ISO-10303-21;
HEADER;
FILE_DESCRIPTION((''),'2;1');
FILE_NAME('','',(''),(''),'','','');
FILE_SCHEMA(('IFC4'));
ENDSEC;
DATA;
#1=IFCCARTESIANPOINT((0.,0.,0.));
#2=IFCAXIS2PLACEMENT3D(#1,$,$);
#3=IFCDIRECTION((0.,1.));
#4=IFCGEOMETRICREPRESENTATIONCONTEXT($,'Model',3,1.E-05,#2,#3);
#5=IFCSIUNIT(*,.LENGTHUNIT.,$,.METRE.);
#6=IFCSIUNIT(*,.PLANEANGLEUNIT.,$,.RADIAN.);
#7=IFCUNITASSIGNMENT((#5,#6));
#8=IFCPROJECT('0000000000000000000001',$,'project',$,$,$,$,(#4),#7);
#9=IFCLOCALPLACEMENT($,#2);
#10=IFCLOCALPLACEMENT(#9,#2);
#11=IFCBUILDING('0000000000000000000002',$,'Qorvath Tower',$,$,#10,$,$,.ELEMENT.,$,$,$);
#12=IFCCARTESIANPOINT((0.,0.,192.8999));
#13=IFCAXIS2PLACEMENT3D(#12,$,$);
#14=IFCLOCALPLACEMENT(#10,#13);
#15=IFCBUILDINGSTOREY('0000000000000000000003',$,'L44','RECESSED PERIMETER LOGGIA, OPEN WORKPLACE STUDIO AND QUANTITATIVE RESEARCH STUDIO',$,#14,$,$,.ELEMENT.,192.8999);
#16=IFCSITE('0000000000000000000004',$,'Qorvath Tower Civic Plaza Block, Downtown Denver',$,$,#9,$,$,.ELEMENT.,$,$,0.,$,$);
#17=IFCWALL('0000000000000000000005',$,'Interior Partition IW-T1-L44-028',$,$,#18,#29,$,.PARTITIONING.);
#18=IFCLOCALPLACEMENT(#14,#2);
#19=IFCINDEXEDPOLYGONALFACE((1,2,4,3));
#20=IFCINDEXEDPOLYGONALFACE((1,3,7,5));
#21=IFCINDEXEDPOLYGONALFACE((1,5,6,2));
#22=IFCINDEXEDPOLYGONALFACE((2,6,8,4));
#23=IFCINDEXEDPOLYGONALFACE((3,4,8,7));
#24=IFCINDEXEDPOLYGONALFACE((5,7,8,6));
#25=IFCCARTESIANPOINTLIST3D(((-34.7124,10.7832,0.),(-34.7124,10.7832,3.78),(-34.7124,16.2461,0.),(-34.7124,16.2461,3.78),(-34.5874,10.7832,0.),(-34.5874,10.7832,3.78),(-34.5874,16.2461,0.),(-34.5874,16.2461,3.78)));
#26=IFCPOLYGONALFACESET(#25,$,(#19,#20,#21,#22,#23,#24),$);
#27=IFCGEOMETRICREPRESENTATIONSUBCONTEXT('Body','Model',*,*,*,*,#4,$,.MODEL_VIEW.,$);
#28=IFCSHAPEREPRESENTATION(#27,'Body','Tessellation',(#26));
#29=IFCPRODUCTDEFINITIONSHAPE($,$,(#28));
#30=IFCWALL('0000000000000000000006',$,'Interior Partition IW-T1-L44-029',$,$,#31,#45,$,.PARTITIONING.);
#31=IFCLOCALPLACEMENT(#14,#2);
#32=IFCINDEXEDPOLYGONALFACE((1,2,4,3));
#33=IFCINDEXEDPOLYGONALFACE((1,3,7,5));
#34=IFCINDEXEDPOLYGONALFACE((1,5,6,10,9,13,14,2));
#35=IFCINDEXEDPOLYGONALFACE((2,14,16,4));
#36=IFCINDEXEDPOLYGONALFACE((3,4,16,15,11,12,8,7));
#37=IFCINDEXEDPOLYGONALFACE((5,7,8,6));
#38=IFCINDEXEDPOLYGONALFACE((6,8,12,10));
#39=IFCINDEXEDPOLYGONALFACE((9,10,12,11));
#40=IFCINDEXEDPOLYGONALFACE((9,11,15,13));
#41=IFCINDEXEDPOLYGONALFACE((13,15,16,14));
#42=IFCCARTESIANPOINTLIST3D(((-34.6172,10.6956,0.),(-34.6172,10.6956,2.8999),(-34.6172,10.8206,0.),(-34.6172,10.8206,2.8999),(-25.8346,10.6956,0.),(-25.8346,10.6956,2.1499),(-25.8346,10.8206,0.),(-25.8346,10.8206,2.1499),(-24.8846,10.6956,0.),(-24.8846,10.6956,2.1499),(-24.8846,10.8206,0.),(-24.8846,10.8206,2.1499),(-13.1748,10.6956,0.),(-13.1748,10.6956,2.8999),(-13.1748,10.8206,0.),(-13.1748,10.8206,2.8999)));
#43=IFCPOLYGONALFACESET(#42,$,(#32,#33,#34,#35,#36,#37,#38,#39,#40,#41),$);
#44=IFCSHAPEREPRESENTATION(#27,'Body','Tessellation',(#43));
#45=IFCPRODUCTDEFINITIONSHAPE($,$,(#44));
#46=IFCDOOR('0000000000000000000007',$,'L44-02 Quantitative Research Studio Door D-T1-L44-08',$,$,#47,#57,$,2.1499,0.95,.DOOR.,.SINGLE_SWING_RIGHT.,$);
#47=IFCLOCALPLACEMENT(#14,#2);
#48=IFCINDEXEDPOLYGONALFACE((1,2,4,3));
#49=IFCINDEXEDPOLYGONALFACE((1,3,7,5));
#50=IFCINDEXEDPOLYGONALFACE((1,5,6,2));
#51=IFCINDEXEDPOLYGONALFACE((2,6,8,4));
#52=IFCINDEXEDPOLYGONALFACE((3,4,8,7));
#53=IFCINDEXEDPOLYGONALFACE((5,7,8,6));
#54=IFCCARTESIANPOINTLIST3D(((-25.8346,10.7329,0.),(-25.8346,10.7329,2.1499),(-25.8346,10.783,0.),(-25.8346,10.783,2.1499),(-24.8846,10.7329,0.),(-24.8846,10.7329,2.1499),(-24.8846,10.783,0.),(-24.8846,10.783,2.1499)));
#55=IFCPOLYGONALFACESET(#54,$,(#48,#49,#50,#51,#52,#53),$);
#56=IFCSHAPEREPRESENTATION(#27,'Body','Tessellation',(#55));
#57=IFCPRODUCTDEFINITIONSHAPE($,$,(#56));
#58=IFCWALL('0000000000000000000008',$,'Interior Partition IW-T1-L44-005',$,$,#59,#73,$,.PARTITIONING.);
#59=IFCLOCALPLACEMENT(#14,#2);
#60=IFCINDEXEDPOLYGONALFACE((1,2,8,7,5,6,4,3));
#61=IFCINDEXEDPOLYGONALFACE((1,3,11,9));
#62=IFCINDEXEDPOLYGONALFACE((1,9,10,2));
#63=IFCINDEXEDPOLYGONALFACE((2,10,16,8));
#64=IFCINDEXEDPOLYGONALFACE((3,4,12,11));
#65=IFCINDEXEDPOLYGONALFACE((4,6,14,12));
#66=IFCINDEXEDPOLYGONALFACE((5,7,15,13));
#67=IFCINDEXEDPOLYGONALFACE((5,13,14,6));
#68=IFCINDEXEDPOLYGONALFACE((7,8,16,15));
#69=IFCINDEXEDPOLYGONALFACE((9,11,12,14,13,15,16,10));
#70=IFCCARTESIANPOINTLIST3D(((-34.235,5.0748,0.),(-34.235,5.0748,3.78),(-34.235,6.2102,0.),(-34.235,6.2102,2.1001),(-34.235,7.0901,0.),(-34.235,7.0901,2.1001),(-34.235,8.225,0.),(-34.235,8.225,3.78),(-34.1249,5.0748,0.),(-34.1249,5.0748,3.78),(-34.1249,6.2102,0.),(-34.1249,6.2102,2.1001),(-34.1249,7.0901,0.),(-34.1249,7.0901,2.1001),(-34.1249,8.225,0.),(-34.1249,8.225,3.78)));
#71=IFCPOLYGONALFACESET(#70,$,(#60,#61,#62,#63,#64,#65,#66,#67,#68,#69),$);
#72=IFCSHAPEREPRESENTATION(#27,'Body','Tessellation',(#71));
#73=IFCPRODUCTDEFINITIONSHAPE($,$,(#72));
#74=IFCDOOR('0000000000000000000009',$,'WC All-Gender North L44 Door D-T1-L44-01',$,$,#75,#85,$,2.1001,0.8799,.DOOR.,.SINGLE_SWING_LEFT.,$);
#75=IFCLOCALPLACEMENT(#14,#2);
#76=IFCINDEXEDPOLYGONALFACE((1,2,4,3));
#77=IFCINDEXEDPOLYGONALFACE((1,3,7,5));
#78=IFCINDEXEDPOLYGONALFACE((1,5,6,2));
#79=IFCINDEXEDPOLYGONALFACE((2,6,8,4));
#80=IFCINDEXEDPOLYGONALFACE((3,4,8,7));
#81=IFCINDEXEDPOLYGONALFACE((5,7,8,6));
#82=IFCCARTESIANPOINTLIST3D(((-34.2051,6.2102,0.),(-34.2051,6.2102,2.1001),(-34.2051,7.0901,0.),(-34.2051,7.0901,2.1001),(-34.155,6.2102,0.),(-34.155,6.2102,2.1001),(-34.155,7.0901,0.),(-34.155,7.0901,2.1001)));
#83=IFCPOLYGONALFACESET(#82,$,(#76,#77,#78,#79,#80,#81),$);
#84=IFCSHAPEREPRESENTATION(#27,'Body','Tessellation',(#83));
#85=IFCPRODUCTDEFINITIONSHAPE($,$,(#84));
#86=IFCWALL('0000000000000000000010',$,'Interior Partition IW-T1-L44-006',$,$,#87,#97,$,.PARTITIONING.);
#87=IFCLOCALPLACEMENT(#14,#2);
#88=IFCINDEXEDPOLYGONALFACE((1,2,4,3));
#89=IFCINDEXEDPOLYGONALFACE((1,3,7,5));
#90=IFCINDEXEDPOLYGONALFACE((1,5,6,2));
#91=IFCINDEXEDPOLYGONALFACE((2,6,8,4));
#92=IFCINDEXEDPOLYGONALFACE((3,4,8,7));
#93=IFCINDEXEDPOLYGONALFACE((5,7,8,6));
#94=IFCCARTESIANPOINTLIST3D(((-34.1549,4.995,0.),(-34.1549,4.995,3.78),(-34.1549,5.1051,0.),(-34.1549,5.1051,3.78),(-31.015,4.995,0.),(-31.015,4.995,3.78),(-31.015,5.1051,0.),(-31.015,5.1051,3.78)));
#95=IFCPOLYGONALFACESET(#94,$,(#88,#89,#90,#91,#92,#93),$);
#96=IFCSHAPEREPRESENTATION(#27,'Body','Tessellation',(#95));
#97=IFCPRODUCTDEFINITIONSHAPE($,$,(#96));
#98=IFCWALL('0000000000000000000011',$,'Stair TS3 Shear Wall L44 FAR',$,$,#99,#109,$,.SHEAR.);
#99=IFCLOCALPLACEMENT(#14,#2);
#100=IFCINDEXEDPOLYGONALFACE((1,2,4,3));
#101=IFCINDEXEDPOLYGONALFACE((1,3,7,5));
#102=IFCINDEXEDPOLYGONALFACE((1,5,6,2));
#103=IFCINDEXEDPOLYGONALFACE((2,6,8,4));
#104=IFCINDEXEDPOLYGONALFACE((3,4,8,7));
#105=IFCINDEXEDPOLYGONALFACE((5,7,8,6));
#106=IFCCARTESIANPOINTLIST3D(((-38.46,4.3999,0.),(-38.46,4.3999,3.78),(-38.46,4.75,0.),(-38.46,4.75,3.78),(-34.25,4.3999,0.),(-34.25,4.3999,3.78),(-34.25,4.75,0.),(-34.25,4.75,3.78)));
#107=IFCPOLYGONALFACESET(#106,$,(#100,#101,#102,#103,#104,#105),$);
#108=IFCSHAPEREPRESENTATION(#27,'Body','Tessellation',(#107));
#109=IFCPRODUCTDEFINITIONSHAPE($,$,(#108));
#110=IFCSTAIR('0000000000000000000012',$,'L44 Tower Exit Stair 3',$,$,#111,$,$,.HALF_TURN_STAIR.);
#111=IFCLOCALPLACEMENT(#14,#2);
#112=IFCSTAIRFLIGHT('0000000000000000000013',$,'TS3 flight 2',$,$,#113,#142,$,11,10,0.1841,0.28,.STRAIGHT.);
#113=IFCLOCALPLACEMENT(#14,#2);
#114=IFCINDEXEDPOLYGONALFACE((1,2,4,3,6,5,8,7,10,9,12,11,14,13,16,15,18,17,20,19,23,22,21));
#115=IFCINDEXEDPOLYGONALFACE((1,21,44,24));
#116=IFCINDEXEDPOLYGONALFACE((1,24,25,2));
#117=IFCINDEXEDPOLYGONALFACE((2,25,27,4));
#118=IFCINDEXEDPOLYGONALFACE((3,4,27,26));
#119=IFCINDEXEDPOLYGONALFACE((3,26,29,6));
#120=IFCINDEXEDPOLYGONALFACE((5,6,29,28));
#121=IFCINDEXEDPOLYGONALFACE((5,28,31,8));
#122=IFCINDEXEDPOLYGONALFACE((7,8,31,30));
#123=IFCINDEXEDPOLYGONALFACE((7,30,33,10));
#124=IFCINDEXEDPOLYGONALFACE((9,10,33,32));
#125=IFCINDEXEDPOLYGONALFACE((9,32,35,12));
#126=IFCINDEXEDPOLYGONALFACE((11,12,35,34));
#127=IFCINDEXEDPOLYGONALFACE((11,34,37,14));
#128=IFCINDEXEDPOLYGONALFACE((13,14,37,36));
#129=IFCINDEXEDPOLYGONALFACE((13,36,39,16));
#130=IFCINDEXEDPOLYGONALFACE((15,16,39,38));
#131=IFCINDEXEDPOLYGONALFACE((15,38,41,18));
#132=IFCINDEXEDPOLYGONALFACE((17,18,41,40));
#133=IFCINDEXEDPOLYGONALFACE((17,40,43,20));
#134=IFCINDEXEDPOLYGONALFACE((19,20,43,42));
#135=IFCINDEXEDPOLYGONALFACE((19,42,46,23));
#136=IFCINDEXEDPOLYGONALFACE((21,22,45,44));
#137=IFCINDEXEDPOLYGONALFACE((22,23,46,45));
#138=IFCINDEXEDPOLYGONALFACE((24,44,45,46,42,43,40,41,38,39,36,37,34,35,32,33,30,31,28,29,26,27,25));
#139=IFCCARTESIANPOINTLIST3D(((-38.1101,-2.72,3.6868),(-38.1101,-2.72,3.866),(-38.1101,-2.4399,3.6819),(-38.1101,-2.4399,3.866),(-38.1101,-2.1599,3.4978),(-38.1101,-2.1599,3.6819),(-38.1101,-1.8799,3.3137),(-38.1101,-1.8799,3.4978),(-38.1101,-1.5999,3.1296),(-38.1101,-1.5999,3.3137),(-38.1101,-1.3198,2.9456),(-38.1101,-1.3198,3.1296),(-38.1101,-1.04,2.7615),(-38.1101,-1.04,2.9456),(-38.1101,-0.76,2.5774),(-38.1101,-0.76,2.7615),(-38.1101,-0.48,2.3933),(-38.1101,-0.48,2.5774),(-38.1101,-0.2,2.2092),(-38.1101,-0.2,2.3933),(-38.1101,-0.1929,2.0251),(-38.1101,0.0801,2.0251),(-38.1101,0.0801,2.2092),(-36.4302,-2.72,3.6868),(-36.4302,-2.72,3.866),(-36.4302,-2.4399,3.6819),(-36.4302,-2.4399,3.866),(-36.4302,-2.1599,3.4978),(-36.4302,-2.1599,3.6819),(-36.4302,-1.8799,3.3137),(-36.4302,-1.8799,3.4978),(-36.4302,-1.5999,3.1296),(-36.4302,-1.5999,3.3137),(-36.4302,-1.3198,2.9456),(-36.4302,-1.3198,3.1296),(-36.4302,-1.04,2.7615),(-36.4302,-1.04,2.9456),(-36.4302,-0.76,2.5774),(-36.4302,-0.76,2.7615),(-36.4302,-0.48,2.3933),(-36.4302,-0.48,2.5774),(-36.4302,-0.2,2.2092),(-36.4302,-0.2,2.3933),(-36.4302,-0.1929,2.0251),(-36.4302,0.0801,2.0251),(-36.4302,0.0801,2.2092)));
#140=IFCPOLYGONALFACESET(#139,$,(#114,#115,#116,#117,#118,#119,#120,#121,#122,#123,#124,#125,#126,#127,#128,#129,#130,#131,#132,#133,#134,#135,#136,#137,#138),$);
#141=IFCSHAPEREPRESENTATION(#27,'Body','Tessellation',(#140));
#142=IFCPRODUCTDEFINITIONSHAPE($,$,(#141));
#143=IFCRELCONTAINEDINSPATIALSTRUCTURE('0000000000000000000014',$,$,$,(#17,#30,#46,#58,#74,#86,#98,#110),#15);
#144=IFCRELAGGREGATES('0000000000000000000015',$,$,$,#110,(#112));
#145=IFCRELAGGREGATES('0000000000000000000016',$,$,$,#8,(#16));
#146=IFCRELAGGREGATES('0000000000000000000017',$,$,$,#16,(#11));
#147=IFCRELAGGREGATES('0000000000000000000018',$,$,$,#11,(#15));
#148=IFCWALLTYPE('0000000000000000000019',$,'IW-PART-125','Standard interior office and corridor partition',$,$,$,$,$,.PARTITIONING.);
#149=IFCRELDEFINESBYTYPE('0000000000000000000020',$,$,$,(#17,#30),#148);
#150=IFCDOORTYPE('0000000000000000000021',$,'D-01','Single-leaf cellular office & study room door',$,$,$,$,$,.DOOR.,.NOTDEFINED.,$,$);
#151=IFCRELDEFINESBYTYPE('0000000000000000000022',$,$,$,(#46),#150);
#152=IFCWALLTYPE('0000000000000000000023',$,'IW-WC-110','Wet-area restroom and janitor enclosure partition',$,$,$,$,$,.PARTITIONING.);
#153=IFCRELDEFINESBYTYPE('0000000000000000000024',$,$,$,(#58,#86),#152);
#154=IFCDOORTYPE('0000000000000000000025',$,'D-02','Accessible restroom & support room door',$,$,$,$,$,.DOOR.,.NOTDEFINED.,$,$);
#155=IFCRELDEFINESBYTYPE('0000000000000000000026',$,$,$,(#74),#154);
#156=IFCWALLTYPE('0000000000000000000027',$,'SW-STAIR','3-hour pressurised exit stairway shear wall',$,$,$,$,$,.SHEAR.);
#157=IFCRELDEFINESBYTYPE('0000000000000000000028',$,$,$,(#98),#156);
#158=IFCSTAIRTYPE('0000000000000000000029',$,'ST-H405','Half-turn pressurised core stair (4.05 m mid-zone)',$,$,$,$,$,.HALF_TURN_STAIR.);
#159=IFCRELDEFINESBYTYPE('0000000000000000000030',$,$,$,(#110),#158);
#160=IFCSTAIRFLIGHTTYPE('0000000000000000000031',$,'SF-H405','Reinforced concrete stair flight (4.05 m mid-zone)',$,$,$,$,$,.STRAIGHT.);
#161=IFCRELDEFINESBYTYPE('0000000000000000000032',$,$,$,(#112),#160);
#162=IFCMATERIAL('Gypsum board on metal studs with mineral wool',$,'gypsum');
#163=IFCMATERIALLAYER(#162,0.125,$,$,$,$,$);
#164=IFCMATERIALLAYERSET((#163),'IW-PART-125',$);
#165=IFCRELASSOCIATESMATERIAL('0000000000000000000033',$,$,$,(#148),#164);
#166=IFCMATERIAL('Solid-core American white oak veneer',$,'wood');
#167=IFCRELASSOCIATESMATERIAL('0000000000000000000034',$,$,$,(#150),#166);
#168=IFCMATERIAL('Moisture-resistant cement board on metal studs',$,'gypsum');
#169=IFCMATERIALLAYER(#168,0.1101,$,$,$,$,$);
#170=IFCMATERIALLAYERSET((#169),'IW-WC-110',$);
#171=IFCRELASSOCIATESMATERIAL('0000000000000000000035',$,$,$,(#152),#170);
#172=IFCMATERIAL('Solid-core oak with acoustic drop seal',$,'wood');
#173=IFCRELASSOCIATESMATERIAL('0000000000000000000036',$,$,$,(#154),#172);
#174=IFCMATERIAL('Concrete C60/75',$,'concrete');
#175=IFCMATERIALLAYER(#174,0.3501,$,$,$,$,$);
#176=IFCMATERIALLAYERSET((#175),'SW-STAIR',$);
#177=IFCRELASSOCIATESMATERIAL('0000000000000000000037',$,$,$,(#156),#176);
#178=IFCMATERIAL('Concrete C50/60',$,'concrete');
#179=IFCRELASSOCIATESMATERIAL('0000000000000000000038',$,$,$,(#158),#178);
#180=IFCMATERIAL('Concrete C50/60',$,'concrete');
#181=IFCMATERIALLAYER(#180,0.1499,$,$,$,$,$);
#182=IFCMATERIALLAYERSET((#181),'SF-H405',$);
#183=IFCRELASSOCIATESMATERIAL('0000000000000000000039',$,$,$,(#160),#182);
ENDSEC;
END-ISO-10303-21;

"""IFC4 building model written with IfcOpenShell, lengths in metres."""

from ifc_helpers import new_model, si_unit, direction, frame, frame_2d, origin, place, context, subcontext, project, spatial, polyline, rectangle, outline, extrude, material, layer, layer_set, type_object, element, fill, aggregate, save


model = new_model("IFC4")

# Units and contexts
model_context = context("Model", 3, precision=1e-05, world=origin(), true_north=direction((0.0, 1.0)))
body_context = subcontext(model_context, "Body", "Model", "MODEL_VIEW")
ifc_project = project(units=[si_unit("LENGTHUNIT", "METRE"), si_unit("PLANEANGLEUNIT", "RADIAN")], contexts=[model_context])

# Site, building, storey
site_placement = place(None, origin())
site = spatial("IfcSite", under=ifc_project, at=site_placement, Name="Qorvath Tower Civic Plaza Block, Downtown Denver", CompositionType="ELEMENT", RefElevation=0.0)
building_placement = place(site_placement, origin())
building = spatial("IfcBuilding", under=site, at=building_placement, Name="Qorvath Tower", CompositionType="ELEMENT")
storey_placement = place(building_placement, frame((0.0, 0.0, 192.8999)))
storey = spatial("IfcBuildingStorey", under=building, at=storey_placement, Name="L44", Description="RECESSED PERIMETER LOGGIA, OPEN WORKPLACE STUDIO AND QUANTITATIVE RESEARCH STUDIO", CompositionType="ELEMENT", Elevation=192.8999)

# Wall
ifc_material_1 = material(Name="Gypsum board on metal studs with mineral wool", Category="gypsum")
ifc_layer_1 = layer(ifc_material_1, 0.125)
ifc_layer_set_1 = layer_set([ifc_layer_1], Name="IW-PART-125")
wall_type_1 = type_object("IfcWallType", Name="IW-PART-125", Description="Standard interior office and corridor partition", PredefinedType="PARTITIONING", material=ifc_layer_set_1)
wall_1_placement = place(storey_placement, frame((-34.6499, 10.7832, 0.0), z_axis=(0.0, 0.0, 1.0), x_axis=(0.0, 1.0, 0.0)))
element("IfcWall", 1, at=wall_1_placement, inside=storey, type_object=wall_type_1, Name="Interior Partition IW-T1-L44-028", PredefinedType="PARTITIONING", context=body_context, shape_type="SweptSolid", body=[
    extrude(rectangle(XDim=5.4629, YDim=0.125, at=frame_2d((2.7314, 0.0))), origin(), (0.0, 0.0, 1.0), 3.78),
])

# Walls, openings, doors
wall_2_placement = place(storey_placement, frame((-34.6172, 10.7581, 0.0), z_axis=(0.0, 0.0, 1.0), x_axis=(1.0, 0.0, 0.0)))
wall_2 = element("IfcWall", 2, at=wall_2_placement, inside=storey, type_object=wall_type_1, Name="Interior Partition IW-T1-L44-029", PredefinedType="PARTITIONING", context=body_context, shape_type="SweptSolid", body=[
    extrude(rectangle(XDim=21.4424, YDim=0.125, at=frame_2d((10.7212, 0.0))), origin(), (0.0, 0.0, 1.0), 2.8999),
])
opening_1_placement = place(wall_2_placement, frame((8.7825, 0.0, 0.0)))
opening_1 = element("IfcOpeningElement", 3, at=opening_1_placement, cuts=wall_2, PredefinedType="OPENING", context=body_context, shape_type="SweptSolid", body=[
    extrude(rectangle(XDim=0.95, YDim=2.1499, at=frame_2d((0.4751, 1.075))), frame((0.0, 0.0725, 0.0), z_axis=(0.0, -1.0, 0.0), x_axis=(1.0, 0.0, 0.0)), (0.0, 0.0, 1.0), 0.145),
])
ifc_material_2 = material(Name="Solid-core American white oak veneer", Category="wood")
door_type_1 = type_object("IfcDoorType", Name="D-01", Description="Single-leaf cellular office & study room door", OperationType="NOTDEFINED", PredefinedType="DOOR", material=ifc_material_2)
door_1_placement = place(opening_1_placement, origin())
door_1 = element("IfcDoor", 4, at=door_1_placement, inside=storey, type_object=door_type_1, Name="L44-02 Quantitative Research Studio Door D-T1-L44-08", OperationType="SINGLE_SWING_RIGHT", OverallHeight=2.1499, OverallWidth=0.95, PredefinedType="DOOR", context=body_context, shape_type="SweptSolid", body=[
    extrude(rectangle(XDim=0.95, YDim=2.1499, at=frame_2d((0.4751, 1.075))), frame((0.0, 0.0249, 0.0), z_axis=(0.0, -1.0, 0.0), x_axis=(1.0, 0.0, 0.0)), (0.0, 0.0, 1.0), 0.05),
])
fill(opening_1, door_1)
ifc_material_3 = material(Name="Moisture-resistant cement board on metal studs", Category="gypsum")
ifc_layer_2 = layer(ifc_material_3, 0.1101)
ifc_layer_set_2 = layer_set([ifc_layer_2], Name="IW-WC-110")
wall_type_2 = type_object("IfcWallType", Name="IW-WC-110", Description="Wet-area restroom and janitor enclosure partition", PredefinedType="PARTITIONING", material=ifc_layer_set_2)
wall_3_placement = place(storey_placement, frame((-34.1799, 8.2251, 0.0), z_axis=(0.0, 0.0, 1.0), x_axis=(0.0, -1.0, 0.0)))
wall_3 = element("IfcWall", 5, at=wall_3_placement, inside=storey, type_object=wall_type_2, Name="Interior Partition IW-T1-L44-005", PredefinedType="PARTITIONING", context=body_context, shape_type="SweptSolid", body=[
    extrude(rectangle(XDim=3.1501, YDim=0.1101, at=frame_2d((1.5752, 0.0))), origin(), (0.0, 0.0, 1.0), 3.78),
])
opening_2_placement = place(wall_3_placement, frame((1.135, 0.0, 0.0)))
opening_2 = element("IfcOpeningElement", 6, at=opening_2_placement, cuts=wall_3, PredefinedType="OPENING", context=body_context, shape_type="SweptSolid", body=[
    extrude(rectangle(XDim=0.8799, YDim=2.1001, at=frame_2d((0.4399, 1.05))), frame((0.0, 0.0649, 0.0), z_axis=(0.0, -1.0, 0.0), x_axis=(1.0, 0.0, 0.0)), (0.0, 0.0, 1.0), 0.1301),
])
ifc_material_4 = material(Name="Solid-core oak with acoustic drop seal", Category="wood")
door_type_2 = type_object("IfcDoorType", Name="D-02", Description="Accessible restroom & support room door", OperationType="NOTDEFINED", PredefinedType="DOOR", material=ifc_material_4)
door_2_placement = place(opening_2_placement, origin())
door_2 = element("IfcDoor", 7, at=door_2_placement, inside=storey, type_object=door_type_2, Name="WC All-Gender North L44 Door D-T1-L44-01", OperationType="SINGLE_SWING_LEFT", OverallHeight=2.1001, OverallWidth=0.8799, PredefinedType="DOOR", context=body_context, shape_type="SweptSolid", body=[
    extrude(rectangle(XDim=0.8799, YDim=2.1001, at=frame_2d((0.4399, 1.05))), frame((0.0, 0.0249, 0.0), z_axis=(0.0, -1.0, 0.0), x_axis=(1.0, 0.0, 0.0)), (0.0, 0.0, 1.0), 0.05),
])
fill(opening_2, door_2)

# Walls
wall_4_placement = place(storey_placement, frame((-34.1548, 5.05, 0.0), z_axis=(0.0, 0.0, 1.0), x_axis=(1.0, 0.0, 0.0)))
element("IfcWall", 8, at=wall_4_placement, inside=storey, type_object=wall_type_2, Name="Interior Partition IW-T1-L44-006", PredefinedType="PARTITIONING", context=body_context, shape_type="SweptSolid", body=[
    extrude(rectangle(XDim=3.1399, YDim=0.1101, at=frame_2d((1.5698, 0.0))), origin(), (0.0, 0.0, 1.0), 3.78),
])
ifc_material_5 = material(Name="Concrete C60/75", Category="concrete")
ifc_layer_3 = layer(ifc_material_5, 0.3501)
ifc_layer_set_3 = layer_set([ifc_layer_3], Name="SW-STAIR")
wall_type_3 = type_object("IfcWallType", Name="SW-STAIR", Description="3-hour pressurised exit stairway shear wall", PredefinedType="SHEAR", material=ifc_layer_set_3)
wall_5_placement = place(storey_placement, frame((-34.25, 4.575, 0.0), z_axis=(0.0, 0.0, 1.0), x_axis=(-1.0, 0.0, 0.0)))
element("IfcWall", 9, at=wall_5_placement, inside=storey, type_object=wall_type_3, Name="Stair TS3 Shear Wall L44 FAR", PredefinedType="SHEAR", context=body_context, shape_type="SweptSolid", body=[
    extrude(rectangle(XDim=4.21, YDim=0.3501, at=frame_2d((2.105, 0.0))), origin(), (0.0, 0.0, 1.0), 3.78),
])

# Stair, stair flight
ifc_material_6 = material(Name="Concrete C50/60", Category="concrete")
stair_type = type_object("IfcStairType", Name="ST-H405", Description="Half-turn pressurised core stair (4.05 m mid-zone)", PredefinedType="HALF_TURN_STAIR", material=ifc_material_6)
stair_placement = place(storey_placement, origin())
stair = element("IfcStair", 10, at=stair_placement, inside=storey, type_object=stair_type, Name="L44 Tower Exit Stair 3", PredefinedType="HALF_TURN_STAIR")
ifc_material_7 = material(Name="Concrete C50/60", Category="concrete")
ifc_layer_4 = layer(ifc_material_7, 0.1499)
ifc_layer_set_4 = layer_set([ifc_layer_4], Name="SF-H405")
stair_flight_type = type_object("IfcStairFlightType", Name="SF-H405", Description="Reinforced concrete stair flight (4.05 m mid-zone)", PredefinedType="STRAIGHT", material=ifc_layer_set_4)
stair_flight_placement = place(storey_placement, frame((-37.27, 0.0801, 2.0251), z_axis=(0.0, 0.0, 1.0), x_axis=(0.0, -1.0, 0.0)))
stair_flight = element("IfcStairFlight", 11, at=stair_flight_placement, type_object=stair_flight_type, Name="TS3 flight 2", NumberOfRisers=11, NumberOfTreads=10, PredefinedType="STRAIGHT", RiserHeight=0.1841, TreadLength=0.28, context=body_context, shape_type="SweptSolid", body=[
    extrude(outline(polyline([(0.0, 0.0), (0.0, 0.1841), (0.28, 0.1841), (0.28, 0.3682), (0.5601, 0.3682), (0.5601, 0.5522), (0.8401, 0.5522), (0.8401, 0.7363), (1.1201, 0.7363), (1.1201, 0.9204), (1.3999, 0.9204), (1.3999, 1.1045), (1.6799, 1.1045), (1.6799, 1.2886), (1.96, 1.2886), (1.96, 1.4727), (2.24, 1.4727), (2.24, 1.6567), (2.52, 1.6567), (2.52, 1.8408), (2.8, 1.8408), (2.8, 2.0249), (2.8, 1.6616), (0.2729, 0.0), (0.0, 0.0)])), frame((0.0, 0.8398, 0.0), z_axis=(0.0, -1.0, 0.0), x_axis=(1.0, 0.0, 0.0)), (0.0, 0.0, 1.0), 1.6799),
])
aggregate(stair, [stair_flight])

save(model, "model.ifc")
